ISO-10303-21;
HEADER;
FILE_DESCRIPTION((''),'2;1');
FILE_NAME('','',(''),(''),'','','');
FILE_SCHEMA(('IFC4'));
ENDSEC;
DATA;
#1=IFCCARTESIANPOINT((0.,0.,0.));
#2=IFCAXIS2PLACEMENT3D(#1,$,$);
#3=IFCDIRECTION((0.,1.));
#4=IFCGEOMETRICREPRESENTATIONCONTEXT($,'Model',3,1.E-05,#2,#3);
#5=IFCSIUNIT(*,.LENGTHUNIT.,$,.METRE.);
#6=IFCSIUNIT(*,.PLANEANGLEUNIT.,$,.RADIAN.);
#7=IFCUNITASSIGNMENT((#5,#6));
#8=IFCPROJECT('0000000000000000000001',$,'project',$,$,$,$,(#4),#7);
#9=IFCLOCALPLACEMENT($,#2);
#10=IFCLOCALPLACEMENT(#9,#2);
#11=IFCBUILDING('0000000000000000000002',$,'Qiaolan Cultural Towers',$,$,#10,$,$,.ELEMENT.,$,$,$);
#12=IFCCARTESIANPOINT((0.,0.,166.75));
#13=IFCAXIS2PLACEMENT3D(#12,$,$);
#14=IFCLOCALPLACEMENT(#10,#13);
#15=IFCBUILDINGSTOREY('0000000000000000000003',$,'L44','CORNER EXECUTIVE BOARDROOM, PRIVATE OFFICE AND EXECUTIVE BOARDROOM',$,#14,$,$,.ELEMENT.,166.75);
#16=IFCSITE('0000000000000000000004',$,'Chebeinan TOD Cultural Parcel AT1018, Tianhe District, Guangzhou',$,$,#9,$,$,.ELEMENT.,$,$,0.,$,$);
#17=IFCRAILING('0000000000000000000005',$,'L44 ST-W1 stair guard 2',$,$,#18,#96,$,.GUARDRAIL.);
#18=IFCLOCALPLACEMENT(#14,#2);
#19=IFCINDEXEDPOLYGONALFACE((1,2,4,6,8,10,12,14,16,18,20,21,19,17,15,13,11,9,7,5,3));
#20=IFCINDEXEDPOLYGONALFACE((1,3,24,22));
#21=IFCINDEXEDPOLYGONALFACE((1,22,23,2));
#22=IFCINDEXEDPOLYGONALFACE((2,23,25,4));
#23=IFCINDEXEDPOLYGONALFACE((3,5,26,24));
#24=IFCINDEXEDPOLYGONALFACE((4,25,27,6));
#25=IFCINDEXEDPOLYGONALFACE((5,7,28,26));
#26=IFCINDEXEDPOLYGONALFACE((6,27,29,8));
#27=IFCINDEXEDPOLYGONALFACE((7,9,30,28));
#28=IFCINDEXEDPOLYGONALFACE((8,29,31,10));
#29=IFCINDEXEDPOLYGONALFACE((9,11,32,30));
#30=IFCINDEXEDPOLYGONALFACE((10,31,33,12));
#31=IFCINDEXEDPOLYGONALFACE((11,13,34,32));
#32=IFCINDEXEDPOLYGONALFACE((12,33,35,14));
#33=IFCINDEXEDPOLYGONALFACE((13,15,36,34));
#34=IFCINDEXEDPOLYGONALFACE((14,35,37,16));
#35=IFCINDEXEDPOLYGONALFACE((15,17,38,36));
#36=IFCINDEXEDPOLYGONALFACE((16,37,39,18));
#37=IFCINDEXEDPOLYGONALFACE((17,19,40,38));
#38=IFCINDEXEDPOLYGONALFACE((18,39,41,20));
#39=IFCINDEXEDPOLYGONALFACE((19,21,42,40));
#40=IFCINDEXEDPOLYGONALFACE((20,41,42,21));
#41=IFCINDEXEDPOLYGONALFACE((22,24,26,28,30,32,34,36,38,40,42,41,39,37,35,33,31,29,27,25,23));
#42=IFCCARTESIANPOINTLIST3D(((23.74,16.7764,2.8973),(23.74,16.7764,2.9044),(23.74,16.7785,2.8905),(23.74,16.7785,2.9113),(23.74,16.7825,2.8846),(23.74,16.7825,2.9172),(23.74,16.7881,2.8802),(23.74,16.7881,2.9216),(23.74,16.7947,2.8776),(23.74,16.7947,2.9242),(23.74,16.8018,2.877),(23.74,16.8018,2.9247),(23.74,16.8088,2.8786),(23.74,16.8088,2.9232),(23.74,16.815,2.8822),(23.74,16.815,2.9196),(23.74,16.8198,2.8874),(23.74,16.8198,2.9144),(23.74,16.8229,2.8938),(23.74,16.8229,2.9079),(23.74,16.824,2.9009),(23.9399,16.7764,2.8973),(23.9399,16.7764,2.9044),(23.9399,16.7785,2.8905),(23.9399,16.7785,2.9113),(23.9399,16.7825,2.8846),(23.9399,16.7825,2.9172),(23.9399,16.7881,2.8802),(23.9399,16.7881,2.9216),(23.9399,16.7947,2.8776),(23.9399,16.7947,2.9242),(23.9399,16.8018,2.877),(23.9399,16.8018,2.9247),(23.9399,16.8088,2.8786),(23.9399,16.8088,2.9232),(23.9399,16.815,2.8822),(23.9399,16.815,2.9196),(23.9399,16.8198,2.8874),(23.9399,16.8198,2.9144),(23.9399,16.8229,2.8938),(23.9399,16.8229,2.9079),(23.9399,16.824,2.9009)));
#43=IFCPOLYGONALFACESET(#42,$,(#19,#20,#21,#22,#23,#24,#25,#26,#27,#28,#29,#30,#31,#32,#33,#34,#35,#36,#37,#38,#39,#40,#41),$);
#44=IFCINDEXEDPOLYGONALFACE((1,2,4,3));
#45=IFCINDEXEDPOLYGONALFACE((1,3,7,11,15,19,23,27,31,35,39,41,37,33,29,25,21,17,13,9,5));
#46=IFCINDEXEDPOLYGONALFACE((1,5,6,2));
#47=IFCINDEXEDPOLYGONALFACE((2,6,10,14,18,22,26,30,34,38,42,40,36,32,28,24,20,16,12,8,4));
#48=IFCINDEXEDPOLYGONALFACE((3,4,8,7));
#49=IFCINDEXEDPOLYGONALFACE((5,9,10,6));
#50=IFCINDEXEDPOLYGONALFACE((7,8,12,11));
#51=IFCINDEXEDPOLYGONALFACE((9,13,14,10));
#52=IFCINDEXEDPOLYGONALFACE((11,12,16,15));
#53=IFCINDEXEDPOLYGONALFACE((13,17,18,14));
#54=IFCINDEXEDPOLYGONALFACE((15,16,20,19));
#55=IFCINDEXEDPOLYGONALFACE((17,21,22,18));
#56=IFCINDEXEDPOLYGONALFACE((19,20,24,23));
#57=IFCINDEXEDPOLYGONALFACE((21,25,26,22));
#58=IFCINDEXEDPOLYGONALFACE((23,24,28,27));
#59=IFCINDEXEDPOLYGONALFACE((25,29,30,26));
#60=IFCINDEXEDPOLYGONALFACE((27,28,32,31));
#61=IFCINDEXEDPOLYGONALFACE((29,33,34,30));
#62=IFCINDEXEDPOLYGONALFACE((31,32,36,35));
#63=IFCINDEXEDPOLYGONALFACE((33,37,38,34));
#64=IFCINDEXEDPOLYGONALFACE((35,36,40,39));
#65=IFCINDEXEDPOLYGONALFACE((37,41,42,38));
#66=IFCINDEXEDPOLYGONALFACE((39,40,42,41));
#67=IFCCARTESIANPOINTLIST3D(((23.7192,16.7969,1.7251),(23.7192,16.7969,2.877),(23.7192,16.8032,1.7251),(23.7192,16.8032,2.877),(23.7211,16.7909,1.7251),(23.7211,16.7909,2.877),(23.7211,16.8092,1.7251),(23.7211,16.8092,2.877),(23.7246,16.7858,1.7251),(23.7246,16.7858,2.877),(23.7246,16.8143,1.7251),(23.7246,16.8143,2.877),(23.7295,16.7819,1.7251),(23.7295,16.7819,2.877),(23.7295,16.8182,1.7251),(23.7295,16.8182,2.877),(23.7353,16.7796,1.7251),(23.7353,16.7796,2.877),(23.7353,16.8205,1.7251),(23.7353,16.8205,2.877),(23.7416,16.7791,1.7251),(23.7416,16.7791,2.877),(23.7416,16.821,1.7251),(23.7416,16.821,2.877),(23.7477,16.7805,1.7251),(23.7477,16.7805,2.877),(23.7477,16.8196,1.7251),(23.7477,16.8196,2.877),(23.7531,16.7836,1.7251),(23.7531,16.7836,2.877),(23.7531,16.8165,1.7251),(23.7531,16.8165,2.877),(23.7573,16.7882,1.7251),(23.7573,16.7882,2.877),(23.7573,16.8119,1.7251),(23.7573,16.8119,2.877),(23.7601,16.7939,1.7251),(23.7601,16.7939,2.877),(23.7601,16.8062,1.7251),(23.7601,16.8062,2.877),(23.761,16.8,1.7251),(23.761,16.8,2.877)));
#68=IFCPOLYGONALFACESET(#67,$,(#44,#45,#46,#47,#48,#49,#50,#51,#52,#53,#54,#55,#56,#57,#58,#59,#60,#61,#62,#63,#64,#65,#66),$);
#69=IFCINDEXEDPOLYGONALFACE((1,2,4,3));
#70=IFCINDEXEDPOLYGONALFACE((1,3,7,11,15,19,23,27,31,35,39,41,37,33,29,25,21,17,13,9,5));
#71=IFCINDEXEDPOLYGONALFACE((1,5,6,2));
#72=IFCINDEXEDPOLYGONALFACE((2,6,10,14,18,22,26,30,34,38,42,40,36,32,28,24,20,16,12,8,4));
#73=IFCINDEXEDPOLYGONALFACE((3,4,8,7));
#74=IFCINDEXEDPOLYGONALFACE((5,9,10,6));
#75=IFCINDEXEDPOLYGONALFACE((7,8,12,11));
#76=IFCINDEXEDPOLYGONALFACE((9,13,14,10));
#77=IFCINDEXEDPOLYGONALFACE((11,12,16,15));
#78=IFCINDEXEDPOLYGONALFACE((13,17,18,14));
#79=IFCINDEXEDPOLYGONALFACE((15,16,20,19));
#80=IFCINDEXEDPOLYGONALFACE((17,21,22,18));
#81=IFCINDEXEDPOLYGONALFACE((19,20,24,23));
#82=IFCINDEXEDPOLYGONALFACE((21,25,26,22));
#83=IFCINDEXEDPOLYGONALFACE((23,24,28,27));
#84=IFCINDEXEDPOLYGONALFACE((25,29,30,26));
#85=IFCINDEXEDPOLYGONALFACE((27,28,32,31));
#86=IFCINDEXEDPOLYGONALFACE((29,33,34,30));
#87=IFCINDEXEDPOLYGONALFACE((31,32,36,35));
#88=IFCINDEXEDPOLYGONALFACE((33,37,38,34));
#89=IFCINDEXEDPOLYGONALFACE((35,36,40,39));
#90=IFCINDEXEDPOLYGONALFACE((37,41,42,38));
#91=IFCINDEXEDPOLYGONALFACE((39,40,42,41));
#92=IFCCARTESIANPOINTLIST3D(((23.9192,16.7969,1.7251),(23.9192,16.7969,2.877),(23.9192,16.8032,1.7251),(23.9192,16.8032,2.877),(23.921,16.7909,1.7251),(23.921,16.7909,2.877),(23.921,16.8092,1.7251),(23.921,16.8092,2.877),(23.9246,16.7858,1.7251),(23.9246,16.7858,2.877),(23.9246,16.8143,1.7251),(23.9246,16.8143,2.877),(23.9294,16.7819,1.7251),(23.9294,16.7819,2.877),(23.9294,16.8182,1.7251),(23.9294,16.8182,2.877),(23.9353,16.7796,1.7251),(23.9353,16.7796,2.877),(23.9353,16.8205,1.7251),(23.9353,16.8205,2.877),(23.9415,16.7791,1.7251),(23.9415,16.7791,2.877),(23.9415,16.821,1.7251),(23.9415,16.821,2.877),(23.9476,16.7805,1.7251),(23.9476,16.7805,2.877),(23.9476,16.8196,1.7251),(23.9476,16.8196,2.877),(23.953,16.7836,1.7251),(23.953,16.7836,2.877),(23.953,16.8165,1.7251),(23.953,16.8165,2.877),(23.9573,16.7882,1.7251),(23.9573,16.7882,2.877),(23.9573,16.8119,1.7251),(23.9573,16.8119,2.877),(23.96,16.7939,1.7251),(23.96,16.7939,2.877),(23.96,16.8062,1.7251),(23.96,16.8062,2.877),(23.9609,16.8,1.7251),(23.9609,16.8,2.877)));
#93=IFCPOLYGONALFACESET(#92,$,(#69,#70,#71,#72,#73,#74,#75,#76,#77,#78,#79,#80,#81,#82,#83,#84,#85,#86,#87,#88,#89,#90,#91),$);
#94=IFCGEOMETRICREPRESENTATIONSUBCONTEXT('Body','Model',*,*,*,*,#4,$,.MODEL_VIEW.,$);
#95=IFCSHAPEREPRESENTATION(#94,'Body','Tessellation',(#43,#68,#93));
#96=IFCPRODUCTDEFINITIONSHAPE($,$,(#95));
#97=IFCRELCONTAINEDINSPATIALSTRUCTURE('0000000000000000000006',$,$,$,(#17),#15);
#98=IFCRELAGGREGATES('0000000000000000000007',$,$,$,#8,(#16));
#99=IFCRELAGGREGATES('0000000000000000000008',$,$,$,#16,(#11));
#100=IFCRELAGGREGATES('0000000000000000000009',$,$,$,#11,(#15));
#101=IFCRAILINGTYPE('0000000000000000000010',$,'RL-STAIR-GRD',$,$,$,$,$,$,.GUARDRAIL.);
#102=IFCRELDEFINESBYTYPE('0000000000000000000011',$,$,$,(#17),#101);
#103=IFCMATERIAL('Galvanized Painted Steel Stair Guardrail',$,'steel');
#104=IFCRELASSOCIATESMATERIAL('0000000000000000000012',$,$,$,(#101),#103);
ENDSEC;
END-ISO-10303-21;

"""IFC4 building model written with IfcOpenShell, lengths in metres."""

from ifc_helpers import new_model, si_unit, direction, frame, origin, origin_2d, place, context, subcontext, project, spatial, circle, extrude, material, type_object, element, save


model = new_model("IFC4")

# Units and contexts
model_context = context("Model", 3, precision=1e-05, world=origin(), true_north=direction((0.0, 1.0)))
body_context = subcontext(model_context, "Body", "Model", "MODEL_VIEW")
ifc_project = project(units=[si_unit("LENGTHUNIT", "METRE"), si_unit("PLANEANGLEUNIT", "RADIAN")], contexts=[model_context])

# Site, building, storey
site_placement = place(None, origin())
site = spatial("IfcSite", under=ifc_project, at=site_placement, Name="Chebeinan TOD Cultural Parcel AT1018, Tianhe District, Guangzhou", CompositionType="ELEMENT", RefElevation=0.0)
building_placement = place(site_placement, origin())
building = spatial("IfcBuilding", under=site, at=building_placement, Name="Qiaolan Cultural Towers", CompositionType="ELEMENT")
storey_placement = place(building_placement, frame((0.0, 0.0, 166.75)))
storey = spatial("IfcBuildingStorey", under=building, at=storey_placement, Name="L44", Description="CORNER EXECUTIVE BOARDROOM, PRIVATE OFFICE AND EXECUTIVE BOARDROOM", CompositionType="ELEMENT", Elevation=166.75)

# Railing
ifc_material_1 = material(Name="Galvanized Painted Steel Stair Guardrail", Category="steel")
railing_type_1 = type_object("IfcRailingType", Name="RL-STAIR-GRD", PredefinedType="GUARDRAIL", material=ifc_material_1)
railing_1_placement = place(storey_placement, frame((23.74, 16.8, 1.7251)))
element("IfcRailing", 1, at=railing_1_placement, inside=storey, type_object=railing_type_1, Name="L44 ST-W1 stair guard 2", PredefinedType="GUARDRAIL", context=body_context, shape_type="SweptSolid", body=[
    extrude(circle(Radius=0.0239, at=origin_2d()), frame((0.0, 0.0, 1.1758), z_axis=(1.0, 0.0, 0.0), x_axis=(0.0, 1.0, 0.0)), (0.0, 0.0, 1.0), 0.2),
    extrude(circle(Radius=0.021, at=origin_2d()), origin(), (0.0, 0.0, 1.0), 1.1519),
    extrude(circle(Radius=0.021, at=origin_2d()), frame((0.2, 0.0, 0.0)), (0.0, 0.0, 1.0), 1.1519),
])

save(model, "model.ifc")
